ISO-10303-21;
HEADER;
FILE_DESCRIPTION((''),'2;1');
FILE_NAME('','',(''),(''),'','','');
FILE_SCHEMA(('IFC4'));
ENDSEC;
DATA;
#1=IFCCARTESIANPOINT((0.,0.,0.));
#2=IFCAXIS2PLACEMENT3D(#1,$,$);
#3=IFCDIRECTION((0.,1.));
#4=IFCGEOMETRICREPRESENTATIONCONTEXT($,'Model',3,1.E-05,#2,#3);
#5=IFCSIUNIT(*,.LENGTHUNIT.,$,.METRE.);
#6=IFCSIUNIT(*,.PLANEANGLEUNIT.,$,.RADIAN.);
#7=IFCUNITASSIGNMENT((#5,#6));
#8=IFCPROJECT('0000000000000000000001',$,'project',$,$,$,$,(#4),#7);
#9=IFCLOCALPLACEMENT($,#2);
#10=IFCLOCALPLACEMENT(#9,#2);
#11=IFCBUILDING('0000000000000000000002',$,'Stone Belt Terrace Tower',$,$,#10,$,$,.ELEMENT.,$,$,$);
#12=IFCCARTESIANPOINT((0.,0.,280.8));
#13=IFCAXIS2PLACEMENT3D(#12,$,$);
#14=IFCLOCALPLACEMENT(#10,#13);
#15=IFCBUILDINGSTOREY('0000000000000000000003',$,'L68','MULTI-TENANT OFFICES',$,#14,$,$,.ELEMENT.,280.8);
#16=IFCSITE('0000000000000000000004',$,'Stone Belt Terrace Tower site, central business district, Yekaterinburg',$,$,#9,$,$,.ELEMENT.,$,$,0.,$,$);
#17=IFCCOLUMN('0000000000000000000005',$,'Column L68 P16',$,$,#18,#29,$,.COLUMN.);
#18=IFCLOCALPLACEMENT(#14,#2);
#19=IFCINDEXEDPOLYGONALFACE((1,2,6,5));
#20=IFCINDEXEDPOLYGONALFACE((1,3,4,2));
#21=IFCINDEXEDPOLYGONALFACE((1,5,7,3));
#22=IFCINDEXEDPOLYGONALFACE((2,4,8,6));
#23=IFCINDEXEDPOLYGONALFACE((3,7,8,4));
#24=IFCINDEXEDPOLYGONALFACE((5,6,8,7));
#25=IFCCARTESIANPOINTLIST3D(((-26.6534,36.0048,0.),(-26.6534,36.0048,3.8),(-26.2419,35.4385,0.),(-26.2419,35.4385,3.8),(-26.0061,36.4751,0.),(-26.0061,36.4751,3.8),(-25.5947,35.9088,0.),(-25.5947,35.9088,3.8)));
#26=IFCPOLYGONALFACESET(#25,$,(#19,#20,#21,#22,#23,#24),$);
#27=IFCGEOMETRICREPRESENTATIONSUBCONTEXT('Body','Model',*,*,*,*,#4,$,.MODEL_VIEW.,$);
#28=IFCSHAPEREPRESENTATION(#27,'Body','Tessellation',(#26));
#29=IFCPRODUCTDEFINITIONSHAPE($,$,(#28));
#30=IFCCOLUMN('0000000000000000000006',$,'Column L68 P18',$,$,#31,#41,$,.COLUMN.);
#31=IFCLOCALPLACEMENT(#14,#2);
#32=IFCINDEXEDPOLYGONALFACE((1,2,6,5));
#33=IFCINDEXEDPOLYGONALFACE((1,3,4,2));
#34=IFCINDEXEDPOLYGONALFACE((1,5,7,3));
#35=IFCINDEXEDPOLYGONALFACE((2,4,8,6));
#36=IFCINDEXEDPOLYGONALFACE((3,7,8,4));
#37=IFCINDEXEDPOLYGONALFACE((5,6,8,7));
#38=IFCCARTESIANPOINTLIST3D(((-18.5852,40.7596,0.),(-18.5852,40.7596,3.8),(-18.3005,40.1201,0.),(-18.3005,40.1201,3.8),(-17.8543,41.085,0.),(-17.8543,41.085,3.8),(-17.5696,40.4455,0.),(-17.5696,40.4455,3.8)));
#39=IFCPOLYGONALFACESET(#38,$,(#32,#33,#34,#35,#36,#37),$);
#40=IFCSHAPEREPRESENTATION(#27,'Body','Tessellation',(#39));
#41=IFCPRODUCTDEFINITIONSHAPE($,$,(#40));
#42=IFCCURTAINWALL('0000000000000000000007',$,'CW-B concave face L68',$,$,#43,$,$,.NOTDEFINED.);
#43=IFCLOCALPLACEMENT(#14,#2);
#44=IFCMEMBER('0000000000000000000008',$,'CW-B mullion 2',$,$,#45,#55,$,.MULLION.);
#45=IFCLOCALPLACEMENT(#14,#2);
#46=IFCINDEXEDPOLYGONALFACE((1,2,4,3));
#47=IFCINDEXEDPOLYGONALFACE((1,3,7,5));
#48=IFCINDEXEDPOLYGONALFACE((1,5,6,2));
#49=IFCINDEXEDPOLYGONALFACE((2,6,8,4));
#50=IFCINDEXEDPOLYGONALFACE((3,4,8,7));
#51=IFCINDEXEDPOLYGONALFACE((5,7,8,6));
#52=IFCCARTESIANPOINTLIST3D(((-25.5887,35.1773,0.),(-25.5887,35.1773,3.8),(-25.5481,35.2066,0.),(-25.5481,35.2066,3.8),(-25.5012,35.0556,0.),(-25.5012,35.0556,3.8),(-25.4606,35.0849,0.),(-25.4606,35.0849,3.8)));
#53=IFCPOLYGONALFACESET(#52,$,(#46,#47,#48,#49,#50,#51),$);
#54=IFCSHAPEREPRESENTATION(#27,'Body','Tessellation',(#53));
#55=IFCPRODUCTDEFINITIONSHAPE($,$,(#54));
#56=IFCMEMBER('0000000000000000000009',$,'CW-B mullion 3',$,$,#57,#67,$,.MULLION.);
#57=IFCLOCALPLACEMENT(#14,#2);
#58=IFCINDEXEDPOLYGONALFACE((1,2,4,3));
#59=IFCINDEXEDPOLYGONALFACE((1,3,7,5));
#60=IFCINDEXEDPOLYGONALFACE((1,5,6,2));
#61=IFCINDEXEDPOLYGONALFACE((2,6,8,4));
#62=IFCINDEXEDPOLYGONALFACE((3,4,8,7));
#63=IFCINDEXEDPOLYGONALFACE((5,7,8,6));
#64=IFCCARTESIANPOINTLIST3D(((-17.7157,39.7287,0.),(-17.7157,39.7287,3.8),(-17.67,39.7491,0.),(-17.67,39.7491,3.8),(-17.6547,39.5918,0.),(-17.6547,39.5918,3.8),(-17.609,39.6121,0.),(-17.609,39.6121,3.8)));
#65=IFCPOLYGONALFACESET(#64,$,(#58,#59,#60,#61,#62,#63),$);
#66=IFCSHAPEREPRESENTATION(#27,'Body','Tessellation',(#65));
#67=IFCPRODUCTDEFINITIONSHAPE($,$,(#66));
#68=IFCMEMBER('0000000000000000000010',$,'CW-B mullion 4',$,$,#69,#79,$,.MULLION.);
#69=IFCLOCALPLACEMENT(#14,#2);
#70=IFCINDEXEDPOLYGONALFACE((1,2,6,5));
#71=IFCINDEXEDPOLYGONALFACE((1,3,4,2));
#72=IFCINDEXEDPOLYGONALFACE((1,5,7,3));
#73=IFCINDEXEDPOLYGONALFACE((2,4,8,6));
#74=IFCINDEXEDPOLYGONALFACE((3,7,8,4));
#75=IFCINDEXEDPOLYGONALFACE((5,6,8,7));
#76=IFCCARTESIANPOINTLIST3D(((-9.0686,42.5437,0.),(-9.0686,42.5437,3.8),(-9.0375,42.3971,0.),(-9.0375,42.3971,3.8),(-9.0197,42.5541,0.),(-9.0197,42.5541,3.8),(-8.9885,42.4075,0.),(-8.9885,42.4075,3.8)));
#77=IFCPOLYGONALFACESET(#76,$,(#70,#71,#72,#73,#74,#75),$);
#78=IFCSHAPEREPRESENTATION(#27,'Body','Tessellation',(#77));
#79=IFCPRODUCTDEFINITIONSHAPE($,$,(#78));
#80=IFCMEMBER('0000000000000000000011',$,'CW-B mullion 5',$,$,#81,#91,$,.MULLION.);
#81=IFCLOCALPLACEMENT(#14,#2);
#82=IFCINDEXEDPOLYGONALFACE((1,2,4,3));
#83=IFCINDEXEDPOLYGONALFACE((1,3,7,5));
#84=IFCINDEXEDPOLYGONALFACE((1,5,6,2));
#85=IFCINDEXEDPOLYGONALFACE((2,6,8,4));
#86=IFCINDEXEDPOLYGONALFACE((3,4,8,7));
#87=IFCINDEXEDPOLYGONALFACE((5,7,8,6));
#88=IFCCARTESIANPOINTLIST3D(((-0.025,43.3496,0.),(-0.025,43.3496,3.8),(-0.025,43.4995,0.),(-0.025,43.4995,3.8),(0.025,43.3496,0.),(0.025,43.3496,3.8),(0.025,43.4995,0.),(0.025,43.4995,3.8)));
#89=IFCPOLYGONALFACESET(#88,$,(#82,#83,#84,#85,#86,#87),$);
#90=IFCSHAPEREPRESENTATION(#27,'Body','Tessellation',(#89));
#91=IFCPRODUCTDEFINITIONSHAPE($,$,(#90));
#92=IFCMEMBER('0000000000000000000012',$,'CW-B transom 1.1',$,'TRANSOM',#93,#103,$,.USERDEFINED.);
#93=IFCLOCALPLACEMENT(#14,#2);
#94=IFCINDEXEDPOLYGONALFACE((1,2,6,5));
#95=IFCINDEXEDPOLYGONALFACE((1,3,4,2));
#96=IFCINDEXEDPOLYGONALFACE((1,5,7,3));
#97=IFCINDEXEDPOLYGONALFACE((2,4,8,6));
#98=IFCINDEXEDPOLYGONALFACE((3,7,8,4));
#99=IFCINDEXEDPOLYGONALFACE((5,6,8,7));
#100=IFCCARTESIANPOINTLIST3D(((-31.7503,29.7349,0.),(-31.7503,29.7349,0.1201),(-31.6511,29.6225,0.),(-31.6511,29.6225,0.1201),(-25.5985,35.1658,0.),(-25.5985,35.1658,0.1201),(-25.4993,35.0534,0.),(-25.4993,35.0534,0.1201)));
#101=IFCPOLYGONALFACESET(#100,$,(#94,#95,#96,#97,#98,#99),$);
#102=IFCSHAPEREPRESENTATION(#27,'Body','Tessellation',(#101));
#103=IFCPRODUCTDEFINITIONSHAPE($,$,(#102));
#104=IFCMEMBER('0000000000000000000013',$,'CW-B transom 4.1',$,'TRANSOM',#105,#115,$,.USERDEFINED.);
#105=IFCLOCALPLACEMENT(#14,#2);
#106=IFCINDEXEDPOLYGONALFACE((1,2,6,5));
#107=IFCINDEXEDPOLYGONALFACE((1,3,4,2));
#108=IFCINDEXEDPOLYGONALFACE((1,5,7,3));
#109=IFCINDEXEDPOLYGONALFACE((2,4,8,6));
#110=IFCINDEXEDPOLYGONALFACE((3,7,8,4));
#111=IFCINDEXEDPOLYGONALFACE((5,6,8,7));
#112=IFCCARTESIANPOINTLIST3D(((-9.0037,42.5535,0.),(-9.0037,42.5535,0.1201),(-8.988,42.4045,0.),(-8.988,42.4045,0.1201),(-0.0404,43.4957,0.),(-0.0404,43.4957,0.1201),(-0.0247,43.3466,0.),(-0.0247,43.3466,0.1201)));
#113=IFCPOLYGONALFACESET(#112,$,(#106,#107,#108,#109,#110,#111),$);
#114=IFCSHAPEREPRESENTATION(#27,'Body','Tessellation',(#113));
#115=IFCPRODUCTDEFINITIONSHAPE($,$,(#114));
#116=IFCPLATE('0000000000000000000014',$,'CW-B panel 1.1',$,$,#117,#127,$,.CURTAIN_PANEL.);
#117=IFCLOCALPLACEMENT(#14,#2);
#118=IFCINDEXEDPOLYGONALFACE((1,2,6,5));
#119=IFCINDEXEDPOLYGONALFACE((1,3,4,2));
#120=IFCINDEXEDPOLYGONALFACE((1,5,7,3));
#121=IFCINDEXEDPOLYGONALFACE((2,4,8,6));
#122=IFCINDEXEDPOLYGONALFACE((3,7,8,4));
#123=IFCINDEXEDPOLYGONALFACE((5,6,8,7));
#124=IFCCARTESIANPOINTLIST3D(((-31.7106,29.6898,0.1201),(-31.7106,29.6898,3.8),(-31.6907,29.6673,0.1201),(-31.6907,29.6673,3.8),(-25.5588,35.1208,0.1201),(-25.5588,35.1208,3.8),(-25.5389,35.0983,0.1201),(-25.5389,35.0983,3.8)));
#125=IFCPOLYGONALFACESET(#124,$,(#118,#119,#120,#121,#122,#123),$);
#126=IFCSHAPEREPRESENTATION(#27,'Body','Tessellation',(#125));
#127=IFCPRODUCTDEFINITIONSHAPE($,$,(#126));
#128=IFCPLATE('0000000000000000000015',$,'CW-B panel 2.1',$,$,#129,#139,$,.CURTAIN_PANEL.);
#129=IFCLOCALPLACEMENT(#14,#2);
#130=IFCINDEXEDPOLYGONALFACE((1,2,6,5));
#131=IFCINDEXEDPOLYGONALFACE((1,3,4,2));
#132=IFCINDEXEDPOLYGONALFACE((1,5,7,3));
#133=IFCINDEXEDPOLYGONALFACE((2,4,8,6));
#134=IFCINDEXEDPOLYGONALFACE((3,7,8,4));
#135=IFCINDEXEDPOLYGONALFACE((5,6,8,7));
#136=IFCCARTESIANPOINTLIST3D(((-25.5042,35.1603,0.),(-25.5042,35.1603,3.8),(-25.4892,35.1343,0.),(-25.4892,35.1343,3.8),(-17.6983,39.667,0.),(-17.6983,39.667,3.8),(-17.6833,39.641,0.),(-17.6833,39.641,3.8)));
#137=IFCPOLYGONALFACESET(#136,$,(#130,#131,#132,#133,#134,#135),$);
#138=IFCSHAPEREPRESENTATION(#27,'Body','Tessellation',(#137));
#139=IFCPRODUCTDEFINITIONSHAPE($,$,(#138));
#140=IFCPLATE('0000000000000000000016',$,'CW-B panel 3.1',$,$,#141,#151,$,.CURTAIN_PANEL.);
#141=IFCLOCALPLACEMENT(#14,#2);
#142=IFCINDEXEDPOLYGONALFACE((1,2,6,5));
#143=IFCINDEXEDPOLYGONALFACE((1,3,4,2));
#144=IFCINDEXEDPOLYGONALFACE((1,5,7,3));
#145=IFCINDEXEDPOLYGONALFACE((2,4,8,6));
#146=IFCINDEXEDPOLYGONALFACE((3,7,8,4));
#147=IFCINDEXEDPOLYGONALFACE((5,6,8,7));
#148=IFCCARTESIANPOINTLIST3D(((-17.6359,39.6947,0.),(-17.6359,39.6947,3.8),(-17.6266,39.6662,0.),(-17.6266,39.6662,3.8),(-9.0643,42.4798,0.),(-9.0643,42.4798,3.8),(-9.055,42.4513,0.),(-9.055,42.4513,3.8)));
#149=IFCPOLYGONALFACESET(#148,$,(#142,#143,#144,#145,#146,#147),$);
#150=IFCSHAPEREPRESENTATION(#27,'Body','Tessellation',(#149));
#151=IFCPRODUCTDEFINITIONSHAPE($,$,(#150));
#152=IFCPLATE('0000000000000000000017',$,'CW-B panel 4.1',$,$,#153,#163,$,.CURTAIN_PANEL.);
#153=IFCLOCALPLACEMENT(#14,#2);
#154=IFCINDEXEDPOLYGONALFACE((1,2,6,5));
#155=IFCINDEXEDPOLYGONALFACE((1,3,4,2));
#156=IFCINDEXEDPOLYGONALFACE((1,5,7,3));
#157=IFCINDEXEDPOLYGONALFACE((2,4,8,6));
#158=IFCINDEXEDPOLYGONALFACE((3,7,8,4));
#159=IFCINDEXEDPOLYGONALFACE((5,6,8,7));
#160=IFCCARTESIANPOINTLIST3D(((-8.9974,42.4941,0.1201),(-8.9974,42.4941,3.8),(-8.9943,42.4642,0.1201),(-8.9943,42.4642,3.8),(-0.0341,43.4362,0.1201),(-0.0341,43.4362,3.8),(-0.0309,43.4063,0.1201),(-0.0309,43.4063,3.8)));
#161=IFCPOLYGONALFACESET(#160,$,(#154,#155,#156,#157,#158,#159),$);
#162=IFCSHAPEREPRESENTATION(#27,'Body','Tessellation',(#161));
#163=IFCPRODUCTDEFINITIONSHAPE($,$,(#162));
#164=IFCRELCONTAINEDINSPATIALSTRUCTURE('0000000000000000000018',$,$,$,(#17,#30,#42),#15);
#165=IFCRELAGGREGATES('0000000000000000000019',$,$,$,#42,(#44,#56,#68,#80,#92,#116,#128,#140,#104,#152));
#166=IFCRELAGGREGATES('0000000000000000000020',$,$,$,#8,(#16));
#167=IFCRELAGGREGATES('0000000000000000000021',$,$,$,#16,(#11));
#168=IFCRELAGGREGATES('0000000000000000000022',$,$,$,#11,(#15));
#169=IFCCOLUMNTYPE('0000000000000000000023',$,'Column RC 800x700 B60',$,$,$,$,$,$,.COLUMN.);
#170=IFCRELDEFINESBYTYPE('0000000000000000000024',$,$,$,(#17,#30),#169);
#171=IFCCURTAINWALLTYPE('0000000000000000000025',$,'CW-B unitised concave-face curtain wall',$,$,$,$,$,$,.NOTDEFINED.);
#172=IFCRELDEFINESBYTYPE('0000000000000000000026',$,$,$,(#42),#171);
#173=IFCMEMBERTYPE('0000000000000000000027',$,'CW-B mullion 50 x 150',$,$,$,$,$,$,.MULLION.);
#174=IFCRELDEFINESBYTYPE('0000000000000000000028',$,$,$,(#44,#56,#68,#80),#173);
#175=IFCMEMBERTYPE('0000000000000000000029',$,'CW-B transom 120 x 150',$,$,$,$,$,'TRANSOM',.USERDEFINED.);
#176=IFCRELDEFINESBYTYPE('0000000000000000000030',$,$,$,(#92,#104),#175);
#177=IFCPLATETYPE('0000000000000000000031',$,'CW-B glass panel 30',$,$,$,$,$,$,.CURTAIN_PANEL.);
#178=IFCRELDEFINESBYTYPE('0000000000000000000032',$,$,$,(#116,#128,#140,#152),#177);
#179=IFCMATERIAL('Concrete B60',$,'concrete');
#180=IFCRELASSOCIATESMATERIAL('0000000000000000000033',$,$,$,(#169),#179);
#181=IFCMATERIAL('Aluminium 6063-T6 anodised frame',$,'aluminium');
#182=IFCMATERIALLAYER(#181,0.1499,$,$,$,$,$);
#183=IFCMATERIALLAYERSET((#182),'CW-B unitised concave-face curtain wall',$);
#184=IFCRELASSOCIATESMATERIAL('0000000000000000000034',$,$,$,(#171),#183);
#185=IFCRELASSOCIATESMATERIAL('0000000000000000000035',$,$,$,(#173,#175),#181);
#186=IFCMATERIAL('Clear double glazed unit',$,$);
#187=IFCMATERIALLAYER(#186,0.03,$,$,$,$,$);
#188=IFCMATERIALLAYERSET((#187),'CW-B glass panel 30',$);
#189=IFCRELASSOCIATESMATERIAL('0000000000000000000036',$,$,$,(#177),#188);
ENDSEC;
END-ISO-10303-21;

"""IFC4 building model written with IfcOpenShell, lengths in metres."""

from ifc_helpers import new_model, si_unit, direction, frame, origin, origin_2d, place, context, subcontext, project, spatial, rectangle, extrude, material, layer, layer_set, material_profile, profile_set, type_object, element, aggregate, save


model = new_model("IFC4")

# Units and contexts
model_context = context("Model", 3, precision=1e-05, world=origin(), true_north=direction((0.0, 1.0)))
body_context = subcontext(model_context, "Body", "Model", "MODEL_VIEW")
ifc_project = project(units=[si_unit("LENGTHUNIT", "METRE"), si_unit("PLANEANGLEUNIT", "RADIAN")], contexts=[model_context])

# Site, building, storey
site_placement = place(None, origin())
site = spatial("IfcSite", under=ifc_project, at=site_placement, Name="Stone Belt Terrace Tower site, central business district, Yekaterinburg", CompositionType="ELEMENT", RefElevation=0.0)
building_placement = place(site_placement, origin())
building = spatial("IfcBuilding", under=site, at=building_placement, Name="Stone Belt Terrace Tower", CompositionType="ELEMENT")
storey_placement = place(building_placement, frame((0.0, 0.0, 280.8)))
storey = spatial("IfcBuildingStorey", under=building, at=storey_placement, Name="L68", Description="MULTI-TENANT OFFICES", CompositionType="ELEMENT", Elevation=280.8)

# Columns
ifc_material_1 = material(Name="Concrete B60", Category="concrete")
ifc_material_profile_1 = material_profile(ifc_material_1, rectangle(XDim=0.8, YDim=0.7, at=origin_2d()), Name="RC 800x700")
ifc_profile_set_1 = profile_set([ifc_material_profile_1], Name="Concrete B60")
column_type = type_object("IfcColumnType", Name="Column RC 800x700 B60", PredefinedType="COLUMN", material=ifc_profile_set_1)
for number, where, z_axis, x_axis, name in (
    (1, (-26.124, 35.9568, 0.0), (0.0, 0.0, 1.0), (0.809017, 0.587785, 0.0), "Column L68 P16"),
    (2, (-18.0774, 40.6025, 0.0), (0.0, 0.0, 1.0), (0.913545, 0.406737, 0.0), "Column L68 P18"),
):
    element("IfcColumn", number, at=place(storey_placement, frame(where, z_axis=z_axis, x_axis=x_axis)), inside=storey, type_object=column_type, Name=name, PredefinedType="COLUMN", context=body_context, shape_type="SweptSolid", body=[
        extrude(rectangle(XDim=0.8, YDim=0.7, at=origin_2d()), origin(), (0.0, 0.0, 1.0), 3.8),
    ])

# Curtain wall, members, plates
ifc_material_2 = material(Name="Aluminium 6063-T6 anodised frame", Category="aluminium")
ifc_layer_1 = layer(ifc_material_2, 0.1499)
ifc_layer_set_1 = layer_set([ifc_layer_1], Name="CW-B unitised concave-face curtain wall")
curtain_wall_type = type_object("IfcCurtainWallType", Name="CW-B unitised concave-face curtain wall", PredefinedType="NOTDEFINED", material=ifc_layer_set_1)
curtain_wall_placement = place(storey_placement, origin())
curtain_wall = element("IfcCurtainWall", 3, at=curtain_wall_placement, inside=storey, type_object=curtain_wall_type, Name="CW-B concave face L68", PredefinedType="NOTDEFINED")
ifc_material_profile_2 = material_profile(ifc_material_2, rectangle(XDim=0.1499, YDim=0.05, at=origin_2d()), Name="Aluminium 6063-T6 50x150")
ifc_profile_set_2 = profile_set([ifc_material_profile_2], Name="Aluminium 6063-T6 anodised frame")
member_type_1 = type_object("IfcMemberType", Name="CW-B mullion 50 x 150", PredefinedType="MULLION", material=ifc_profile_set_2)
member_1_placement = place(storey_placement, frame((-25.5247, 35.1311, 0.0), z_axis=(0.0, 0.0, 1.0), x_axis=(-0.583819, 0.811884, 0.0)))
member_1 = element("IfcMember", 4, at=member_1_placement, type_object=member_type_1, Name="CW-B mullion 2", PredefinedType="MULLION", context=body_context, shape_type="SweptSolid", body=[
    extrude(rectangle(XDim=0.1499, YDim=0.05, at=origin_2d()), origin(), (0.0, 0.0, 1.0), 3.8),
])
member_2_placement = place(storey_placement, frame((-17.6624, 39.6704, 0.0), z_axis=(0.0, 0.0, 1.0), x_axis=(-0.406737, 0.913545, 0.0)))
member_2 = element("IfcMember", 5, at=member_2_placement, type_object=member_type_1, Name="CW-B mullion 3", PredefinedType="MULLION", context=body_context, shape_type="SweptSolid", body=[
    extrude(rectangle(XDim=0.1499, YDim=0.05, at=origin_2d()), origin(), (0.0, 0.0, 1.0), 3.8),
])
member_3_placement = place(storey_placement, frame((-9.0286, 42.4756, 0.0), z_axis=(0.0, 0.0, 1.0), x_axis=(-0.207912, 0.978148, 0.0)))
member_3 = element("IfcMember", 6, at=member_3_placement, type_object=member_type_1, Name="CW-B mullion 4", PredefinedType="MULLION", context=body_context, shape_type="SweptSolid", body=[
    extrude(rectangle(XDim=0.1499, YDim=0.05, at=origin_2d()), origin(), (0.0, 0.0, 1.0), 3.8),
])
member_4_placement = place(storey_placement, frame((0.0, 43.4246, 0.0), z_axis=(0.0, 0.0, 1.0), x_axis=(0.0, 1.0, 0.0)))
member_4 = element("IfcMember", 7, at=member_4_placement, type_object=member_type_1, Name="CW-B mullion 5", PredefinedType="MULLION", context=body_context, shape_type="SweptSolid", body=[
    extrude(rectangle(XDim=0.1499, YDim=0.05, at=origin_2d()), origin(), (0.0, 0.0, 1.0), 3.8),
])
ifc_material_profile_3 = material_profile(ifc_material_2, rectangle(XDim=0.1499, YDim=0.1201, at=origin_2d()), Name="Aluminium 6063-T6 150x120")
ifc_profile_set_3 = profile_set([ifc_material_profile_3], Name="Aluminium 6063-T6 anodised frame")
member_type_2 = type_object("IfcMemberType", Name="CW-B transom 120 x 150", ElementType="TRANSOM", PredefinedType="USERDEFINED", material=ifc_profile_set_3)
member_5_placement = place(storey_placement, frame((-31.7007, 29.6787, 0.0601), z_axis=(0.749669, 0.661813, 0.0), x_axis=(-0.661813, 0.749669, 0.0)))
member_5 = element("IfcMember", 8, at=member_5_placement, type_object=member_type_2, Name="CW-B transom 1.1", ObjectType="TRANSOM", PredefinedType="USERDEFINED", context=body_context, shape_type="SweptSolid", body=[
    extrude(rectangle(XDim=0.1499, YDim=0.1201, at=origin_2d()), origin(), (0.0, 0.0, 1.0), 8.2061),
])
member_6_placement = place(storey_placement, frame((-8.9958, 42.479, 0.0601), z_axis=(0.994521, 0.104534, 0.0), x_axis=(-0.104534, 0.994521, 0.0)))
member_6 = element("IfcMember", 9, at=member_6_placement, type_object=member_type_2, Name="CW-B transom 4.1", ObjectType="TRANSOM", PredefinedType="USERDEFINED", context=body_context, shape_type="SweptSolid", body=[
    extrude(rectangle(XDim=0.1499, YDim=0.1201, at=origin_2d()), origin(), (0.0, 0.0, 1.0), 9.0127),
])
ifc_material_3 = material(Name="Clear double glazed unit")
ifc_layer_2 = layer(ifc_material_3, 0.03)
ifc_layer_set_2 = layer_set([ifc_layer_2], Name="CW-B glass panel 30")
plate_type = type_object("IfcPlateType", Name="CW-B glass panel 30", PredefinedType="CURTAIN_PANEL", material=ifc_layer_set_2)
plate_1_placement = place(storey_placement, frame((-28.6248, 32.394, 0.1201), z_axis=(0.0, 0.0, 1.0), x_axis=(0.749659, 0.661825, 0.0)))
plate_1 = element("IfcPlate", 10, at=plate_1_placement, type_object=plate_type, Name="CW-B panel 1.1", PredefinedType="CURTAIN_PANEL", context=body_context, shape_type="SweptSolid", body=[
    extrude(rectangle(XDim=8.2061, YDim=0.03, at=origin_2d()), origin(), (0.0, 0.0, 1.0), 3.6799),
])
plate_2_placement = place(storey_placement, frame((-21.5938, 37.4006, 0.0), z_axis=(0.0, 0.0, 1.0), x_axis=(0.866025, 0.5, 0.0)))
plate_2 = element("IfcPlate", 11, at=plate_2_placement, type_object=plate_type, Name="CW-B panel 2.1", PredefinedType="CURTAIN_PANEL", context=body_context, shape_type="SweptSolid", body=[
    extrude(rectangle(XDim=9.0134, YDim=0.03, at=origin_2d()), origin(), (0.0, 0.0, 1.0), 3.8),
])
plate_3_placement = place(storey_placement, frame((-13.3455, 41.073, 0.0), z_axis=(0.0, 0.0, 1.0), x_axis=(0.951057, 0.309017, 0.0)))
plate_3 = element("IfcPlate", 12, at=plate_3_placement, type_object=plate_type, Name="CW-B panel 3.1", PredefinedType="CURTAIN_PANEL", context=body_context, shape_type="SweptSolid", body=[
    extrude(rectangle(XDim=9.0127, YDim=0.03, at=origin_2d()), origin(), (0.0, 0.0, 1.0), 3.8),
])
plate_4_placement = place(storey_placement, frame((-4.5142, 42.9502, 0.1201), z_axis=(0.0, 0.0, 1.0), x_axis=(0.994522, 0.104528, 0.0)))
plate_4 = element("IfcPlate", 13, at=plate_4_placement, type_object=plate_type, Name="CW-B panel 4.1", PredefinedType="CURTAIN_PANEL", context=body_context, shape_type="SweptSolid", body=[
    extrude(rectangle(XDim=9.0127, YDim=0.03, at=origin_2d()), origin(), (0.0, 0.0, 1.0), 3.6799),
])
aggregate(curtain_wall, [member_1, member_2, member_3, member_4, member_5, plate_1, plate_2, plate_3, member_6, plate_4])

save(model, "model.ifc")
